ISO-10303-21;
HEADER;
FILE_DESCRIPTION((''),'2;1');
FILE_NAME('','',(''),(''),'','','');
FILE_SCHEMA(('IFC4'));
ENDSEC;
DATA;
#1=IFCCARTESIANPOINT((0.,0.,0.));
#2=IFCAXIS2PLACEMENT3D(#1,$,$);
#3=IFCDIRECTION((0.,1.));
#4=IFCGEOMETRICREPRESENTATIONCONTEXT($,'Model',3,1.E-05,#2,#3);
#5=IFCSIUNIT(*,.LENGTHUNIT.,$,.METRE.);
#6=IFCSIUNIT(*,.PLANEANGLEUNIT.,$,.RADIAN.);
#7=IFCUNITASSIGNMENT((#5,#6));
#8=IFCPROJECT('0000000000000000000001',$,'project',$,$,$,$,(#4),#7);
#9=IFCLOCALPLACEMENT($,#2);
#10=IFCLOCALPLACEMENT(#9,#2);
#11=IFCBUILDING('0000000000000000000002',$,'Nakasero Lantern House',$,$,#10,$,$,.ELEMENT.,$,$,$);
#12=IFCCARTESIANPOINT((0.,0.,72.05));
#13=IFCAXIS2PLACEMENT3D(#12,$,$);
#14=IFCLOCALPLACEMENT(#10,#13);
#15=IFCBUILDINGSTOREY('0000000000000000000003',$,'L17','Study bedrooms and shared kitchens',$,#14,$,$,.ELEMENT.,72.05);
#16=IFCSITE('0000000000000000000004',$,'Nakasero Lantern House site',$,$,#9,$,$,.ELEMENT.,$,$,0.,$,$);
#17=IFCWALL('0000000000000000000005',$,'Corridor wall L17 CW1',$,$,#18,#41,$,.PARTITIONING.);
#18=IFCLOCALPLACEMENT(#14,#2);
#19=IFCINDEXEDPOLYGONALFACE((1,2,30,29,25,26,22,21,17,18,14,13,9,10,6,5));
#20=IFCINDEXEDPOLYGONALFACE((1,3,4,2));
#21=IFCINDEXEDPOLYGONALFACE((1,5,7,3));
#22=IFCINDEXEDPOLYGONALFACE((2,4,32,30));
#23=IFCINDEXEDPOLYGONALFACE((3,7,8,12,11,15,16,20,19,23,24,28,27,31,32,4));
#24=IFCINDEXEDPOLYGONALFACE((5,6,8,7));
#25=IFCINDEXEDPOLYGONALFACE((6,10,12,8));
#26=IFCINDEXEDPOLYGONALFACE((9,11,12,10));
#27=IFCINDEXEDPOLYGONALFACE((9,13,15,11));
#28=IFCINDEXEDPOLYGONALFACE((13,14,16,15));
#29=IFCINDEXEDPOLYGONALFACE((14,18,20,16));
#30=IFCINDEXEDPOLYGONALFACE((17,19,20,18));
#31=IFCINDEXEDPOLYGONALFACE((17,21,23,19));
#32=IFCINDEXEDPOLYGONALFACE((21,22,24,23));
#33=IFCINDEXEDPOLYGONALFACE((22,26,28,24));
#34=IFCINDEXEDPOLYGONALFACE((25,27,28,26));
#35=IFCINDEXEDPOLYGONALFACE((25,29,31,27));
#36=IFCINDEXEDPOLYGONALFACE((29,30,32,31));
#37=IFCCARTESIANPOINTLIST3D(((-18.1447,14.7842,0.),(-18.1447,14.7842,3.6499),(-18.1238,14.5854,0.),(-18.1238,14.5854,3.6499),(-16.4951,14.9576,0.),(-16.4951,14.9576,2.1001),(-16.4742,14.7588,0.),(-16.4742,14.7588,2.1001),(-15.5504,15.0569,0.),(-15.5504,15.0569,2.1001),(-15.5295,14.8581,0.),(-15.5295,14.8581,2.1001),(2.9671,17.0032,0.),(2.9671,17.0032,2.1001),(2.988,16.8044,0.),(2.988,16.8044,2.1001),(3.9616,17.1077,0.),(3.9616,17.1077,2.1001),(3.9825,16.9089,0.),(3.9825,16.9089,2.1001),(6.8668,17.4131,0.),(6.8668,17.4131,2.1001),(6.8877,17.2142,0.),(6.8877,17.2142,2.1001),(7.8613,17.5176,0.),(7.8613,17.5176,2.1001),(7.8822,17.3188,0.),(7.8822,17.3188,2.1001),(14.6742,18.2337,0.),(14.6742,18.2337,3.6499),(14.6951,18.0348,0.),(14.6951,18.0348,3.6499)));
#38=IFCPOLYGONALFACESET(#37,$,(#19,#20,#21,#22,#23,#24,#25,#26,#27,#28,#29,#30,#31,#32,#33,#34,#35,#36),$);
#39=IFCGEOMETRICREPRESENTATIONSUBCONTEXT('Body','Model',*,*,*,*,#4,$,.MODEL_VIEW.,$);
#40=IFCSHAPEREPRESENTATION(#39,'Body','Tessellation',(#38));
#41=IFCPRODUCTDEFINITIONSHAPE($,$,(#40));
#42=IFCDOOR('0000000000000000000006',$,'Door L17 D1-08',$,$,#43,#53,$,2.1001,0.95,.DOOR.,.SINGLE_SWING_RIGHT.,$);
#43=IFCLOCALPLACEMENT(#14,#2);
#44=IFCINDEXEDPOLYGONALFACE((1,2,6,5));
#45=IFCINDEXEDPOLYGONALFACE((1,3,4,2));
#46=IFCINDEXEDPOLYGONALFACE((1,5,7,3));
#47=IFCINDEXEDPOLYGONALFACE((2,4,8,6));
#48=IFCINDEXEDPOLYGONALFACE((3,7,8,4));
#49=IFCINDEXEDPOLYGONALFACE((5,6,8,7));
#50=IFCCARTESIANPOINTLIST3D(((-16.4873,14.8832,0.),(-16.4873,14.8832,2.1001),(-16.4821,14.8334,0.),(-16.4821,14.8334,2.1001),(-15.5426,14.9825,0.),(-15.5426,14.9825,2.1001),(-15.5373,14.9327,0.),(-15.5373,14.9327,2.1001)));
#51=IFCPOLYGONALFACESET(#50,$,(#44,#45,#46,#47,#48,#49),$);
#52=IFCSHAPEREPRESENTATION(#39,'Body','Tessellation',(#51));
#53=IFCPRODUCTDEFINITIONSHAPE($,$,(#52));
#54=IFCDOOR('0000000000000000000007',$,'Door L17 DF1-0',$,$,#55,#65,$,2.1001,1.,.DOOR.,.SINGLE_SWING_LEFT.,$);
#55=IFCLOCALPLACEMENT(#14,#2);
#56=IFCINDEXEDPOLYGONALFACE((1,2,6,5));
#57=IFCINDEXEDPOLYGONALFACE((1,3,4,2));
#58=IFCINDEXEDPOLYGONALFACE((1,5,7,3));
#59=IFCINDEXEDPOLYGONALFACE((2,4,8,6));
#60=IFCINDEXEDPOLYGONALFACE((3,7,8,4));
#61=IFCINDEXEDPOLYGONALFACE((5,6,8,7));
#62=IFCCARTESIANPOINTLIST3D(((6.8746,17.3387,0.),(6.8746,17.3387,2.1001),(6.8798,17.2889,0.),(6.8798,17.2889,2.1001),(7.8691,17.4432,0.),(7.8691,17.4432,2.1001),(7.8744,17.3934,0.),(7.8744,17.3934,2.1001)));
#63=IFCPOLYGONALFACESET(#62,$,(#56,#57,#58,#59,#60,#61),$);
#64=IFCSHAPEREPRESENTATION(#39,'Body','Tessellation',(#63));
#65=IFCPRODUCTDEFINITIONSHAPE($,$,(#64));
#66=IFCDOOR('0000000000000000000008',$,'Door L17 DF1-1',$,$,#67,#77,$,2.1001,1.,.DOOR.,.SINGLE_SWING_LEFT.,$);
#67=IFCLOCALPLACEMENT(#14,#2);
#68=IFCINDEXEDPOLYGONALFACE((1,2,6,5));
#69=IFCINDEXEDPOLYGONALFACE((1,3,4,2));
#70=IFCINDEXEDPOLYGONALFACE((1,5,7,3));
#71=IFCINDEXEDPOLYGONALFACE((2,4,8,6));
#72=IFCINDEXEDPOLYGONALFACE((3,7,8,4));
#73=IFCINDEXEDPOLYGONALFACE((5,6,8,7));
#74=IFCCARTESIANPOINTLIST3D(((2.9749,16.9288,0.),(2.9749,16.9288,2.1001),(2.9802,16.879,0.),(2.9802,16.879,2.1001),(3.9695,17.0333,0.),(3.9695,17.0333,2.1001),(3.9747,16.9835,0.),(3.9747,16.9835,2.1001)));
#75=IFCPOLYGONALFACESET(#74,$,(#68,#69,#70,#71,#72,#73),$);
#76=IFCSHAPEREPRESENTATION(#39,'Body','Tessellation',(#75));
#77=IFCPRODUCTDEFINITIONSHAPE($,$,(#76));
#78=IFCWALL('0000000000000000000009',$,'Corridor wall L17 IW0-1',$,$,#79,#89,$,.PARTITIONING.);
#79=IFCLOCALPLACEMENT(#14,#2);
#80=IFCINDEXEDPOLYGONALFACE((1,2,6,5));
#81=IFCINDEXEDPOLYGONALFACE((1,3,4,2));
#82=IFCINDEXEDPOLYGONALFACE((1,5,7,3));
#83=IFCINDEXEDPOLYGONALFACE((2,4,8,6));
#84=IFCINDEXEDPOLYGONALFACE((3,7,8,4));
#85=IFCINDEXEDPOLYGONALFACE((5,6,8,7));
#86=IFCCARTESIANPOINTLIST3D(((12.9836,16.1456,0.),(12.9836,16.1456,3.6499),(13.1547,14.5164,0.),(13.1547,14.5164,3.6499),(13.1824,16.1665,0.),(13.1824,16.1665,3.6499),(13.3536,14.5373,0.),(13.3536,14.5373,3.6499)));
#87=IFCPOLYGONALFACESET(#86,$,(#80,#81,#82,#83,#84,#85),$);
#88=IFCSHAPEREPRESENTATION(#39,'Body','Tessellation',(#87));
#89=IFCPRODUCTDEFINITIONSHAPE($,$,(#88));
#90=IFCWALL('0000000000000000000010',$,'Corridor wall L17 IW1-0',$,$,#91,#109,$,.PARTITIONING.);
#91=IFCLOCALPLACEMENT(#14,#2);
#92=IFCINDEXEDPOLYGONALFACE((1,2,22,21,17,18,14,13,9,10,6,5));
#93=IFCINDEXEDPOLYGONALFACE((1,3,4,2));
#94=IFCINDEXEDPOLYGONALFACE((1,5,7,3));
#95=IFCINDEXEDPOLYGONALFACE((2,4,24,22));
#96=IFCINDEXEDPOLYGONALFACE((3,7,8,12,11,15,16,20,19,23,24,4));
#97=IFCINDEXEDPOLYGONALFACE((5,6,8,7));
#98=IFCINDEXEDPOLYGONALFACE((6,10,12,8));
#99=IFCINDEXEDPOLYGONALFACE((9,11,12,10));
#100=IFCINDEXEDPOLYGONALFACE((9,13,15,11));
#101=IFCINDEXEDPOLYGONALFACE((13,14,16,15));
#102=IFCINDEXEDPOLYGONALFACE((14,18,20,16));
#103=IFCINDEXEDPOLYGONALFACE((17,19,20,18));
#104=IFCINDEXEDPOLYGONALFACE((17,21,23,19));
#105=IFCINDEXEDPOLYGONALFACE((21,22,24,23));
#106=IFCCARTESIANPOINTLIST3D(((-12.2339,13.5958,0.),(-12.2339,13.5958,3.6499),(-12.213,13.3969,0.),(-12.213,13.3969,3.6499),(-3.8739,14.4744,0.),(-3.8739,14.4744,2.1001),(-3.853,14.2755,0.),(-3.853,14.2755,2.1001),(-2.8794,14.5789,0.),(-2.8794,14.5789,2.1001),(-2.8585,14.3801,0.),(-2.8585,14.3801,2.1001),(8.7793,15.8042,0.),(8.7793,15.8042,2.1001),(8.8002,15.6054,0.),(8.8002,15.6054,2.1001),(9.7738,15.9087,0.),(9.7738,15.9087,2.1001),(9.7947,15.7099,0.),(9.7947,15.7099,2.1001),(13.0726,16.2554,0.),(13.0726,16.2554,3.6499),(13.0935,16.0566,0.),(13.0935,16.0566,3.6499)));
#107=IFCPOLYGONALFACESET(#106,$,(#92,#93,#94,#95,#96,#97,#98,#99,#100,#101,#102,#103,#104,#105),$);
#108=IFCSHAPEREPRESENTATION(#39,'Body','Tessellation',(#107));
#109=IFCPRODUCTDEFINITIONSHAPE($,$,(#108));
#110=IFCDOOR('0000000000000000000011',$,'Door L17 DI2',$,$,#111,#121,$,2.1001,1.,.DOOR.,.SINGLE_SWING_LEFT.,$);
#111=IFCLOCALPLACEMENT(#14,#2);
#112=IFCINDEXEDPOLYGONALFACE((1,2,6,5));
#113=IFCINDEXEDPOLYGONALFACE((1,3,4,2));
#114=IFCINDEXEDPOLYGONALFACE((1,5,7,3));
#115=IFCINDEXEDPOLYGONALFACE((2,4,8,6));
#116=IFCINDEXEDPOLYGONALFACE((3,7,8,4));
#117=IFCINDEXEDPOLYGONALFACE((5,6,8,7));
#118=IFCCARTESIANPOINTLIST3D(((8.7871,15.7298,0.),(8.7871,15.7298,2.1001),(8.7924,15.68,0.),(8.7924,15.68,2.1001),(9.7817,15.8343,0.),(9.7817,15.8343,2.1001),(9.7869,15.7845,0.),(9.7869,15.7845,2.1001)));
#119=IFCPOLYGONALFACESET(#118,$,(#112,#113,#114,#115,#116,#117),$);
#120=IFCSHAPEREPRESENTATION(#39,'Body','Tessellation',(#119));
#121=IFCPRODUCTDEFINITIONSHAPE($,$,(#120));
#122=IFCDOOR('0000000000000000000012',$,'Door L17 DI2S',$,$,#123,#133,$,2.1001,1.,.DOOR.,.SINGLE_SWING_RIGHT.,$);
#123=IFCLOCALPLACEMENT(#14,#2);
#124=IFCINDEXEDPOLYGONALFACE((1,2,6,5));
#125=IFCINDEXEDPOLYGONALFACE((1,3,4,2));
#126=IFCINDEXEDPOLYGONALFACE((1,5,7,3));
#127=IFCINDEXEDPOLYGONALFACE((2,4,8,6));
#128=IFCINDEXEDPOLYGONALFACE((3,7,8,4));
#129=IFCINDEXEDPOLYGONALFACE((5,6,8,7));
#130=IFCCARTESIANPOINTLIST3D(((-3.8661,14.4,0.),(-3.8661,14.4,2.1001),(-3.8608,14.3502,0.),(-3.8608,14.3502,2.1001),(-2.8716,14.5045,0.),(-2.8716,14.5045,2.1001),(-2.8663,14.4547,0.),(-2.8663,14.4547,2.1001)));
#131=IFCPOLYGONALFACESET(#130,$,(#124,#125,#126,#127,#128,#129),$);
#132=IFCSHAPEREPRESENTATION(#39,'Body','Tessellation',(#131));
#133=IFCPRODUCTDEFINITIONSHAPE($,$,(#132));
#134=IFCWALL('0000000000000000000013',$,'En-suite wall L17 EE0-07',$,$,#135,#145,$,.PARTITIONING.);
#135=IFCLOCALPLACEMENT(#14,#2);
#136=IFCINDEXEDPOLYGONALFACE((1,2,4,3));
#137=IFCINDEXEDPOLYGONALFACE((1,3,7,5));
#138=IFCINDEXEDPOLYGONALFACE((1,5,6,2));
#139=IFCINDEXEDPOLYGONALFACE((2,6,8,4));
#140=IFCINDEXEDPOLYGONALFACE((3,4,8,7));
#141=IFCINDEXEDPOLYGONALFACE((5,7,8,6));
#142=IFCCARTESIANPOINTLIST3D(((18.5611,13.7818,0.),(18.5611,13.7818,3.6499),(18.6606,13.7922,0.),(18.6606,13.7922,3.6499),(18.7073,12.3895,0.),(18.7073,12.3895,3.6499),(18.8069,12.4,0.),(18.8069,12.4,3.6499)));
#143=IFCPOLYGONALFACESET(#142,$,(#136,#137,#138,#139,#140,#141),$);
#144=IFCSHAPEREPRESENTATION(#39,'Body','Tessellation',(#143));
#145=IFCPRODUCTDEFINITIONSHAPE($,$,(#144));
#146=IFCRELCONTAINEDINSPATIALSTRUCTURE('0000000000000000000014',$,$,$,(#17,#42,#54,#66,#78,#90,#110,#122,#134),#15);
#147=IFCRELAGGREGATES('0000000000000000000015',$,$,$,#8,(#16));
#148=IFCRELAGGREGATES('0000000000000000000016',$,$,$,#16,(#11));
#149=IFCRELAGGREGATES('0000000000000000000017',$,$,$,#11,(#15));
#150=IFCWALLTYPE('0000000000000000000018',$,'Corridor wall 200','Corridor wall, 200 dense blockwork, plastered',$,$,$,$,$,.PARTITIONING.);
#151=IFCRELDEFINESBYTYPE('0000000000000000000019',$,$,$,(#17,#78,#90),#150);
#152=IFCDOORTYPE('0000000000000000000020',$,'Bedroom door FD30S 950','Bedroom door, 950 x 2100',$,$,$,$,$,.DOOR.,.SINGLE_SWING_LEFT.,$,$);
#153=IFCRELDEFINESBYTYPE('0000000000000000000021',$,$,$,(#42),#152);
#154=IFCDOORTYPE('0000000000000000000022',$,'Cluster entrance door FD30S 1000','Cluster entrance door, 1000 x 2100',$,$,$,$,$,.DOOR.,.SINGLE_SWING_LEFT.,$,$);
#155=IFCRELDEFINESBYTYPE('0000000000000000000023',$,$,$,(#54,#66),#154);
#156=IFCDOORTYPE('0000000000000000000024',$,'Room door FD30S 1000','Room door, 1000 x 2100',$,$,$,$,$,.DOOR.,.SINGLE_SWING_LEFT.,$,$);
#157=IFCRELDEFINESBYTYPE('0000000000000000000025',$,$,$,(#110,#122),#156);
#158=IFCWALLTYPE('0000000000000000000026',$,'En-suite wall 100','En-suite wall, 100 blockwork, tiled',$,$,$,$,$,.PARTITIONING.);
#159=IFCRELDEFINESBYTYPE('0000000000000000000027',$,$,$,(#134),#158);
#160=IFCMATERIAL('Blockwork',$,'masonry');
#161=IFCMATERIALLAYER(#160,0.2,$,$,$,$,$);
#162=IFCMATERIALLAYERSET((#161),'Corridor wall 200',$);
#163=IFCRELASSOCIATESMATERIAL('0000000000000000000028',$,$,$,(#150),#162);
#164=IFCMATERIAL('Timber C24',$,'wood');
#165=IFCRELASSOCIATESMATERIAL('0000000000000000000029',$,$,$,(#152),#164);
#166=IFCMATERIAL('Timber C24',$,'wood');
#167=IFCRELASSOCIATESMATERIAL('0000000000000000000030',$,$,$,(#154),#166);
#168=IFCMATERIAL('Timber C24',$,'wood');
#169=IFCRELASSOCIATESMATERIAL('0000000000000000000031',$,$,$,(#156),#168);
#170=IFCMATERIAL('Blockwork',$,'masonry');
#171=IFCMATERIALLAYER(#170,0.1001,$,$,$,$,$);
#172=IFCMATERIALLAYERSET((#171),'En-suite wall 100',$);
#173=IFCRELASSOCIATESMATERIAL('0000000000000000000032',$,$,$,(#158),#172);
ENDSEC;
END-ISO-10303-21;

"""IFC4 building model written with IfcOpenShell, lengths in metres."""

from ifc_helpers import new_model, si_unit, direction, frame, frame_2d, origin, place, context, subcontext, project, spatial, rectangle, extrude, material, layer, layer_set, type_object, element, fill, save


model = new_model("IFC4")

# Units and contexts
model_context = context("Model", 3, precision=1e-05, world=origin(), true_north=direction((0.0, 1.0)))
body_context = subcontext(model_context, "Body", "Model", "MODEL_VIEW")
ifc_project = project(units=[si_unit("LENGTHUNIT", "METRE"), si_unit("PLANEANGLEUNIT", "RADIAN")], contexts=[model_context])

# Site, building, storey
site_placement = place(None, origin())
site = spatial("IfcSite", under=ifc_project, at=site_placement, Name="Nakasero Lantern House site", CompositionType="ELEMENT", RefElevation=0.0)
building_placement = place(site_placement, origin())
building = spatial("IfcBuilding", under=site, at=building_placement, Name="Nakasero Lantern House", CompositionType="ELEMENT")
storey_placement = place(building_placement, frame((0.0, 0.0, 72.05)))
storey = spatial("IfcBuildingStorey", under=building, at=storey_placement, Name="L17", Description="Study bedrooms and shared kitchens", CompositionType="ELEMENT", Elevation=72.05)

# Wall, openings, doors
ifc_material_1 = material(Name="Blockwork", Category="masonry")
ifc_layer_1 = layer(ifc_material_1, 0.2)
ifc_layer_set_1 = layer_set([ifc_layer_1], Name="Corridor wall 200")
wall_type_1 = type_object("IfcWallType", Name="Corridor wall 200", Description="Corridor wall, 200 dense blockwork, plastered", PredefinedType="PARTITIONING", material=ifc_layer_set_1)
wall_1_placement = place(storey_placement, frame((14.6848, 18.1343, 0.0), z_axis=(0.0, 0.0, 1.0), x_axis=(-0.994522, -0.10453, 0.0)))
wall_1 = element("IfcWall", 1, at=wall_1_placement, inside=storey, type_object=wall_type_1, Name="Corridor wall L17 CW1", PredefinedType="PARTITIONING", context=body_context, shape_type="SweptSolid", body=[
    extrude(rectangle(XDim=32.9998, YDim=0.2, at=frame_2d((16.5, 0.0))), origin(), (0.0, 0.0, 1.0), 3.6499),
])
opening_1_placement = place(wall_1_placement, frame((6.8506, 0.0, 0.0)))
opening_1 = element("IfcOpeningElement", 2, at=opening_1_placement, cuts=wall_1, PredefinedType="OPENING", context=body_context, shape_type="SweptSolid", body=[
    extrude(rectangle(XDim=1.0, YDim=2.1001, at=frame_2d((0.5, 1.05))), frame((0.0, 0.1199, 0.0), z_axis=(0.0, -1.0, 0.0), x_axis=(1.0, 0.0, 0.0)), (0.0, 0.0, 1.0), 0.24),
])
opening_2_placement = place(wall_1_placement, frame((10.7717, 0.0, 0.0)))
opening_2 = element("IfcOpeningElement", 3, at=opening_2_placement, cuts=wall_1, PredefinedType="OPENING", context=body_context, shape_type="SweptSolid", body=[
    extrude(rectangle(XDim=1.0, YDim=2.1001, at=frame_2d((0.5, 1.05))), frame((0.0, 0.1199, 0.0), z_axis=(0.0, -1.0, 0.0), x_axis=(1.0, 0.0, 0.0)), (0.0, 0.0, 1.0), 0.24),
])
opening_3_placement = place(wall_1_placement, frame((30.3911, 0.0, 0.0)))
opening_3 = element("IfcOpeningElement", 4, at=opening_3_placement, cuts=wall_1, PredefinedType="OPENING", context=body_context, shape_type="SweptSolid", body=[
    extrude(rectangle(XDim=0.95, YDim=2.1001, at=frame_2d((0.4751, 1.05))), frame((0.0, 0.1199, 0.0), z_axis=(0.0, -1.0, 0.0), x_axis=(1.0, 0.0, 0.0)), (0.0, 0.0, 1.0), 0.24),
])
ifc_material_2 = material(Name="Timber C24", Category="wood")
door_type_1 = type_object("IfcDoorType", Name="Bedroom door FD30S 950", Description="Bedroom door, 950 x 2100", OperationType="SINGLE_SWING_LEFT", PredefinedType="DOOR", material=ifc_material_2)
door_1_placement = place(opening_3_placement, origin())
door_1 = element("IfcDoor", 5, at=door_1_placement, inside=storey, type_object=door_type_1, Name="Door L17 D1-08", OperationType="SINGLE_SWING_RIGHT", OverallHeight=2.1001, OverallWidth=0.95, PredefinedType="DOOR", context=body_context, shape_type="SweptSolid", body=[
    extrude(rectangle(XDim=0.95, YDim=2.1001, at=frame_2d((0.4751, 1.05))), frame((0.0, 0.0249, 0.0), z_axis=(0.0, -1.0, 0.0), x_axis=(1.0, 0.0, 0.0)), (0.0, 0.0, 1.0), 0.05),
])
fill(opening_3, door_1)
ifc_material_3 = material(Name="Timber C24", Category="wood")
door_type_2 = type_object("IfcDoorType", Name="Cluster entrance door FD30S 1000", Description="Cluster entrance door, 1000 x 2100", OperationType="SINGLE_SWING_LEFT", PredefinedType="DOOR", material=ifc_material_3)
door_2_placement = place(opening_1_placement, origin())
door_2 = element("IfcDoor", 6, at=door_2_placement, inside=storey, type_object=door_type_2, Name="Door L17 DF1-0", OperationType="SINGLE_SWING_LEFT", OverallHeight=2.1001, OverallWidth=1.0, PredefinedType="DOOR", context=body_context, shape_type="SweptSolid", body=[
    extrude(rectangle(XDim=1.0, YDim=2.1001, at=frame_2d((0.5, 1.05))), frame((0.0, 0.0249, 0.0), z_axis=(0.0, -1.0, 0.0), x_axis=(1.0, 0.0, 0.0)), (0.0, 0.0, 1.0), 0.05),
])
fill(opening_1, door_2)
door_3_placement = place(opening_2_placement, origin())
door_3 = element("IfcDoor", 7, at=door_3_placement, inside=storey, type_object=door_type_2, Name="Door L17 DF1-1", OperationType="SINGLE_SWING_LEFT", OverallHeight=2.1001, OverallWidth=1.0, PredefinedType="DOOR", context=body_context, shape_type="SweptSolid", body=[
    extrude(rectangle(XDim=1.0, YDim=2.1001, at=frame_2d((0.5, 1.05))), frame((0.0, 0.0249, 0.0), z_axis=(0.0, -1.0, 0.0), x_axis=(1.0, 0.0, 0.0)), (0.0, 0.0, 1.0), 0.05),
])
fill(opening_2, door_3)

# Wall
wall_2_placement = place(storey_placement, frame((13.2542, 14.5269, 0.0), z_axis=(0.0, 0.0, 1.0), x_axis=(-0.104475, 0.994527, 0.0)))
element("IfcWall", 8, at=wall_2_placement, inside=storey, type_object=wall_type_1, Name="Corridor wall L17 IW0-1", PredefinedType="PARTITIONING", context=body_context, shape_type="SweptSolid", body=[
    extrude(rectangle(XDim=1.6382, YDim=0.2, at=frame_2d((0.8191, 0.0))), origin(), (0.0, 0.0, 1.0), 3.6499),
])

# Wall, openings, doors
wall_3_placement = place(storey_placement, frame((13.083, 16.156, 0.0), z_axis=(0.0, 0.0, 1.0), x_axis=(-0.994522, -0.104523, 0.0)))
wall_3 = element("IfcWall", 9, at=wall_3_placement, inside=storey, type_object=wall_type_1, Name="Corridor wall L17 IW1-0", PredefinedType="PARTITIONING", context=body_context, shape_type="SweptSolid", body=[
    extrude(rectangle(XDim=25.4458, YDim=0.2, at=frame_2d((12.7229, 0.0))), origin(), (0.0, 0.0, 1.0), 3.6499),
])
opening_4_placement = place(wall_3_placement, frame((3.3169, 0.0, 0.0)))
opening_4 = element("IfcOpeningElement", 10, at=opening_4_placement, cuts=wall_3, PredefinedType="OPENING", context=body_context, shape_type="SweptSolid", body=[
    extrude(rectangle(XDim=1.0, YDim=2.1001, at=frame_2d((0.5, 1.05))), frame((0.0, 0.1199, 0.0), z_axis=(0.0, -1.0, 0.0), x_axis=(1.0, 0.0, 0.0)), (0.0, 0.0, 1.0), 0.24),
])
opening_5_placement = place(wall_3_placement, frame((16.0398, 0.0, 0.0)))
opening_5 = element("IfcOpeningElement", 11, at=opening_5_placement, cuts=wall_3, PredefinedType="OPENING", context=body_context, shape_type="SweptSolid", body=[
    extrude(rectangle(XDim=1.0, YDim=2.1001, at=frame_2d((0.5, 1.05))), frame((0.0, 0.1199, 0.0), z_axis=(0.0, -1.0, 0.0), x_axis=(1.0, 0.0, 0.0)), (0.0, 0.0, 1.0), 0.24),
])
ifc_material_4 = material(Name="Timber C24", Category="wood")
door_type_3 = type_object("IfcDoorType", Name="Room door FD30S 1000", Description="Room door, 1000 x 2100", OperationType="SINGLE_SWING_LEFT", PredefinedType="DOOR", material=ifc_material_4)
door_4_placement = place(opening_4_placement, origin())
door_4 = element("IfcDoor", 12, at=door_4_placement, inside=storey, type_object=door_type_3, Name="Door L17 DI2", OperationType="SINGLE_SWING_LEFT", OverallHeight=2.1001, OverallWidth=1.0, PredefinedType="DOOR", context=body_context, shape_type="SweptSolid", body=[
    extrude(rectangle(XDim=1.0, YDim=2.1001, at=frame_2d((0.5, 1.05))), frame((0.0, 0.0249, 0.0), z_axis=(0.0, -1.0, 0.0), x_axis=(1.0, 0.0, 0.0)), (0.0, 0.0, 1.0), 0.05),
])
fill(opening_4, door_4)
door_5_placement = place(opening_5_placement, origin())
door_5 = element("IfcDoor", 13, at=door_5_placement, inside=storey, type_object=door_type_3, Name="Door L17 DI2S", OperationType="SINGLE_SWING_RIGHT", OverallHeight=2.1001, OverallWidth=1.0, PredefinedType="DOOR", context=body_context, shape_type="SweptSolid", body=[
    extrude(rectangle(XDim=1.0, YDim=2.1001, at=frame_2d((0.5, 1.05))), frame((0.0, 0.0249, 0.0), z_axis=(0.0, -1.0, 0.0), x_axis=(1.0, 0.0, 0.0)), (0.0, 0.0, 1.0), 0.05),
])
fill(opening_5, door_5)

# Wall
ifc_material_5 = material(Name="Blockwork", Category="masonry")
ifc_layer_2 = layer(ifc_material_5, 0.1001)
ifc_layer_set_2 = layer_set([ifc_layer_2], Name="En-suite wall 100")
wall_type_2 = type_object("IfcWallType", Name="En-suite wall 100", Description="En-suite wall, 100 blockwork, tiled", PredefinedType="PARTITIONING", material=ifc_layer_set_2)
wall_4_placement = place(storey_placement, frame((18.7571, 12.3948, 0.0), z_axis=(0.0, 0.0, 1.0), x_axis=(-0.104458, 0.994529, 0.0)))
element("IfcWall", 14, at=wall_4_placement, inside=storey, type_object=wall_type_2, Name="En-suite wall L17 EE0-07", PredefinedType="PARTITIONING", context=body_context, shape_type="SweptSolid", body=[
    extrude(rectangle(XDim=1.3999, YDim=0.1001, at=frame_2d((0.7, 0.0))), origin(), (0.0, 0.0, 1.0), 3.6499),
])

save(model, "model.ifc")
